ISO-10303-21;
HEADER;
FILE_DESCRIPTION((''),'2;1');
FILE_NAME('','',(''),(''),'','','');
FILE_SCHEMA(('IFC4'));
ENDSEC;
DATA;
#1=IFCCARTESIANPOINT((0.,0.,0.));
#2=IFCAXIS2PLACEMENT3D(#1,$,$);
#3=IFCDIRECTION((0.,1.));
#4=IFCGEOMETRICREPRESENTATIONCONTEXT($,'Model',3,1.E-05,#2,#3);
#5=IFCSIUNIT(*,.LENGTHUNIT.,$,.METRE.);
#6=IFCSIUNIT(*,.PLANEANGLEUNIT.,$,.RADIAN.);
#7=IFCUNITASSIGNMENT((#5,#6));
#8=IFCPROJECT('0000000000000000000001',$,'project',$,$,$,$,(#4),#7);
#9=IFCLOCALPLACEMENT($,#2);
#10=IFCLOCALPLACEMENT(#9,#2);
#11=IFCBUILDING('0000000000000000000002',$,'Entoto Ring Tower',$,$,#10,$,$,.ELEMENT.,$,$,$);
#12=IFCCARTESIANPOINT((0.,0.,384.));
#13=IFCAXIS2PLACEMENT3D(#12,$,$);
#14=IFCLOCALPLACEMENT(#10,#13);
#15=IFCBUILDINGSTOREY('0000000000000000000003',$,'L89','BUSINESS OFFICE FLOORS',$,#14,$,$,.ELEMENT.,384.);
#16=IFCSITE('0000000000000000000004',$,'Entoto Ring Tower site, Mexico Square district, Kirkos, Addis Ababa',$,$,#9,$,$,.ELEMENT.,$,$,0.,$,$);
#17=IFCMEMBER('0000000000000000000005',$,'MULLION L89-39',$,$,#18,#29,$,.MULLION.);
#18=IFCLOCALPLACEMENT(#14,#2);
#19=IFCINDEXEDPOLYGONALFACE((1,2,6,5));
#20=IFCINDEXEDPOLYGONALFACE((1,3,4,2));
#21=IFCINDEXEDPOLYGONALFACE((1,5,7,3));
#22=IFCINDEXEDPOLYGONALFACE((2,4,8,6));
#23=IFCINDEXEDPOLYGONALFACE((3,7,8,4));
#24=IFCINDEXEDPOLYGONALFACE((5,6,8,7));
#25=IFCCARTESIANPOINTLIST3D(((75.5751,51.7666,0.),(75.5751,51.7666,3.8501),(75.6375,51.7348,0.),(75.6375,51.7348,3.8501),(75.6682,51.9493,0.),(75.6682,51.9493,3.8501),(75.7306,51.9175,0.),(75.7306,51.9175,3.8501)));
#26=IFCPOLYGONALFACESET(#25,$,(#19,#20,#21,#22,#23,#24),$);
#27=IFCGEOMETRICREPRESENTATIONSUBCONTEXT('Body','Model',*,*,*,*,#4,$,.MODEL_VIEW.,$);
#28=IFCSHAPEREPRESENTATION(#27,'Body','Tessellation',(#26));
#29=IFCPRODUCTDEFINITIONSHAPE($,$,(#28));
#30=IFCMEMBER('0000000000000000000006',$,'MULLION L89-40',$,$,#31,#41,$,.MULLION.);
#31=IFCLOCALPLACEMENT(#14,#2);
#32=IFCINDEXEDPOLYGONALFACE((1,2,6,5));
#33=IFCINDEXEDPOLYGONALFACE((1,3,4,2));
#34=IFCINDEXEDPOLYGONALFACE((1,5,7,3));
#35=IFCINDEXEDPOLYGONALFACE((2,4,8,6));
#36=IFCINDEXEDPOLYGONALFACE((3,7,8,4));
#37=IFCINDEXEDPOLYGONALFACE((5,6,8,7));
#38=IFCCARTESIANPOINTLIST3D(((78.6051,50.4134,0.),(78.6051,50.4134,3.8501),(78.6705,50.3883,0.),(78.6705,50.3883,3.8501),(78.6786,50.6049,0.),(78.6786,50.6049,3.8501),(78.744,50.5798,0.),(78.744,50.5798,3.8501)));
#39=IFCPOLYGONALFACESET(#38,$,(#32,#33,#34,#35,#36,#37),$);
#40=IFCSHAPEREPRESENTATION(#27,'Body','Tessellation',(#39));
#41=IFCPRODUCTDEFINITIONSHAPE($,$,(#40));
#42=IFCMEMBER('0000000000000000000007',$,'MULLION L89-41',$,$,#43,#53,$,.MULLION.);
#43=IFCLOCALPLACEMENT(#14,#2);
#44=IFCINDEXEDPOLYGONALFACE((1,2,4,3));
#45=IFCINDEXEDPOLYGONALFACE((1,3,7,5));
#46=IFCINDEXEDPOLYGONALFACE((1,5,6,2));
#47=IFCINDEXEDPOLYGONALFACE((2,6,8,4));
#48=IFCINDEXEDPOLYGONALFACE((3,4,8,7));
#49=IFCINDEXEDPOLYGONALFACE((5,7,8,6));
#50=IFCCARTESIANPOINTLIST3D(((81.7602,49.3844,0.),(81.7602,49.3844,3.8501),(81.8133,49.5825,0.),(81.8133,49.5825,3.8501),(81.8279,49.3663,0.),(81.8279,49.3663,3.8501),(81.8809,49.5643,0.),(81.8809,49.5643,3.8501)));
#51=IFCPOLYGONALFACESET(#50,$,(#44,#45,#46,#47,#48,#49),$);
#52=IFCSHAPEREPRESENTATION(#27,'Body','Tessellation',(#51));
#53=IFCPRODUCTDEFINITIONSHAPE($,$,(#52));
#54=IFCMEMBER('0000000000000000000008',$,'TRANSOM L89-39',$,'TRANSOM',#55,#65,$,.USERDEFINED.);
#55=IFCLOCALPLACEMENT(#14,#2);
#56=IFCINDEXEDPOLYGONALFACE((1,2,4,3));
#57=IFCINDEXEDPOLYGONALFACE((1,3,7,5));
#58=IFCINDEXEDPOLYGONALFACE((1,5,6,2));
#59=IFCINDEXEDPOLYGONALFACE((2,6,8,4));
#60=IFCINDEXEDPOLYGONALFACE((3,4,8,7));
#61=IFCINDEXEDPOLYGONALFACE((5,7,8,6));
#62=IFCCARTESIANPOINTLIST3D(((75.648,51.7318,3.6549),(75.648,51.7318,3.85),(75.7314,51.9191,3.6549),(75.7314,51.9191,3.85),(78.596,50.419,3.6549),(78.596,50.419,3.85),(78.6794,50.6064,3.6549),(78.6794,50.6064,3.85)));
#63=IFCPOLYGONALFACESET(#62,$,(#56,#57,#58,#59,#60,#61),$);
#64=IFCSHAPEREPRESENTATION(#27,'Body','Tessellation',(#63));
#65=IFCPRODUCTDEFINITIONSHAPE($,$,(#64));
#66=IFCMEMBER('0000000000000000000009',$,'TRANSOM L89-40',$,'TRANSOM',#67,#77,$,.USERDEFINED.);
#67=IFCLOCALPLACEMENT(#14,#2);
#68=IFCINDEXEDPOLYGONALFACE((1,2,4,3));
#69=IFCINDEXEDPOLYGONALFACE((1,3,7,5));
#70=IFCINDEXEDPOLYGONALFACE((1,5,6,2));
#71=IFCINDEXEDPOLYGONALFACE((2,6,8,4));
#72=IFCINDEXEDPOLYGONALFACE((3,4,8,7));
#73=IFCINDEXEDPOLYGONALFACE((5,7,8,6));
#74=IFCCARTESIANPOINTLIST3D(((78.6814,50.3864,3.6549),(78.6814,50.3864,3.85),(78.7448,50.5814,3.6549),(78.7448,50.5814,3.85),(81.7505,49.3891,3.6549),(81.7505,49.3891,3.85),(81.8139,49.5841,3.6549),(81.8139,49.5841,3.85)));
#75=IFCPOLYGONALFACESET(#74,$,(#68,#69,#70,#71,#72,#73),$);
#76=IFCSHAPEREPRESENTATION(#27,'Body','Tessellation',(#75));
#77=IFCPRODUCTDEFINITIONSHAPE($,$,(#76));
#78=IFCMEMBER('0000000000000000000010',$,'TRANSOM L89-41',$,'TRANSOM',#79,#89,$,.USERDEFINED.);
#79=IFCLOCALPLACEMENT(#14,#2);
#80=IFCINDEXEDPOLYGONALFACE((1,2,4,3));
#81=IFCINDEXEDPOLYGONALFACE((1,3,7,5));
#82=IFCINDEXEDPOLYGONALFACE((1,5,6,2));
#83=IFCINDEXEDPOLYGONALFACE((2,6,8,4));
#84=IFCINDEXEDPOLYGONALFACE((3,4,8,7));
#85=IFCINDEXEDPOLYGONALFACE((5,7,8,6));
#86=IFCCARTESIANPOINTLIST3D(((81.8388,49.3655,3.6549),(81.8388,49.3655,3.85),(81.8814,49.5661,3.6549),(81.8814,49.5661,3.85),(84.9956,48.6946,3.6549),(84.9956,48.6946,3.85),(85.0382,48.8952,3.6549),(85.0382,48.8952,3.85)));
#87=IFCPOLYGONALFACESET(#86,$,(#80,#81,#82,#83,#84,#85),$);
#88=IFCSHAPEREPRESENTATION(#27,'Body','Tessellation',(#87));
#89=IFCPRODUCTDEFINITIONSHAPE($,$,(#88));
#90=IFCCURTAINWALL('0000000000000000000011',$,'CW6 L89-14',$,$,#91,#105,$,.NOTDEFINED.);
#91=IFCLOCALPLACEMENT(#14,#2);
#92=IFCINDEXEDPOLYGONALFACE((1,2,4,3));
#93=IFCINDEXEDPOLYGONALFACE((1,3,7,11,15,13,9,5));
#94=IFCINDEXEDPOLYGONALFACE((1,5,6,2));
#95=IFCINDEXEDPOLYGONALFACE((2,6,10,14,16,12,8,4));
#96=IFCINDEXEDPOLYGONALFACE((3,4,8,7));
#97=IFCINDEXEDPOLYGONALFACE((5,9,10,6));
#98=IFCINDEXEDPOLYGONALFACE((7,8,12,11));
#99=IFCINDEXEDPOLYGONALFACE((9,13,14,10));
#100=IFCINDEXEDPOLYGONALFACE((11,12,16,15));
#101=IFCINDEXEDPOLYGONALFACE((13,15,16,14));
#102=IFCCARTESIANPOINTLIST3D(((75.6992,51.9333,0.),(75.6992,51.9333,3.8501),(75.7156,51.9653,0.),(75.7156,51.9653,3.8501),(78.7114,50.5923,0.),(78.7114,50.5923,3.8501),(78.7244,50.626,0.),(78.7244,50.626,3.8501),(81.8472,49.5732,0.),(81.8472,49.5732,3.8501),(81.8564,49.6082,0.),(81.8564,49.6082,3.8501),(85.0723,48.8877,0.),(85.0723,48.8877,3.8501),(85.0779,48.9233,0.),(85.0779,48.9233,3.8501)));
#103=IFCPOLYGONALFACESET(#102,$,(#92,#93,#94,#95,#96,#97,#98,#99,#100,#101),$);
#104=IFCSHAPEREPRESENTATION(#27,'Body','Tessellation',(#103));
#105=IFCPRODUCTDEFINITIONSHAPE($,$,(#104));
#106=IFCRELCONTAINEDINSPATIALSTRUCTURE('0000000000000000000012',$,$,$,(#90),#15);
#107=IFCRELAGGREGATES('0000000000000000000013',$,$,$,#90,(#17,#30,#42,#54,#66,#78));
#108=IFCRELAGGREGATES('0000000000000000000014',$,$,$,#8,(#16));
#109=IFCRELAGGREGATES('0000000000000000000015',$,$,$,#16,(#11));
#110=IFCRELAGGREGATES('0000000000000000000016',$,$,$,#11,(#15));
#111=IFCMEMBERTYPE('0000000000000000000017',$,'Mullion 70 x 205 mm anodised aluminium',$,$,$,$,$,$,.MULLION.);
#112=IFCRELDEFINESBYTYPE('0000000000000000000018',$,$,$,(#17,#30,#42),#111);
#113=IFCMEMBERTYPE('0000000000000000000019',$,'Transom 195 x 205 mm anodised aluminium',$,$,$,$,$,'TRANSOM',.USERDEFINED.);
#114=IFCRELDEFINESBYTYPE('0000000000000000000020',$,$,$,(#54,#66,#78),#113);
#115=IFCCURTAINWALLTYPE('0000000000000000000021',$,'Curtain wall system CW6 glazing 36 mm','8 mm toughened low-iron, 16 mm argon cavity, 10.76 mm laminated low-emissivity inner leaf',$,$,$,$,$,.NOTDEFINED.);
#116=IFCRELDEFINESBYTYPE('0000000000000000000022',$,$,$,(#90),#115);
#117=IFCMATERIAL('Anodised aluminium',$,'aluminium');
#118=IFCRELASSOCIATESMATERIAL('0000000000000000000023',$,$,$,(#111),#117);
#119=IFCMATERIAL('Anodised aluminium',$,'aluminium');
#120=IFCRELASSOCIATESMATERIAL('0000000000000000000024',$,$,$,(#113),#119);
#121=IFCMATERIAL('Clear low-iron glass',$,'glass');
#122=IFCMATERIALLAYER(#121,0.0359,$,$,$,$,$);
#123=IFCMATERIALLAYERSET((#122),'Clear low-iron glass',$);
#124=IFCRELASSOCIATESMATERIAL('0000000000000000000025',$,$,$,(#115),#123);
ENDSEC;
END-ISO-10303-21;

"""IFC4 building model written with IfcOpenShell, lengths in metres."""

from ifc_helpers import new_model, si_unit, direction, frame, origin, origin_2d, place, context, subcontext, project, spatial, polyline, rectangle, outline, extrude, material, layer, layer_set, material_profile, profile_set, type_object, element, aggregate, save


model = new_model("IFC4")

# Units and contexts
model_context = context("Model", 3, precision=1e-05, world=origin(), true_north=direction((0.0, 1.0)))
body_context = subcontext(model_context, "Body", "Model", "MODEL_VIEW")
ifc_project = project(units=[si_unit("LENGTHUNIT", "METRE"), si_unit("PLANEANGLEUNIT", "RADIAN")], contexts=[model_context])

# Members
ifc_material_1 = material(Name="Anodised aluminium", Category="aluminium")
ifc_material_profile_1 = material_profile(ifc_material_1, rectangle(XDim=0.0701, YDim=0.2051, at=origin_2d()), Name="Mullion 70 x 205 mm anodised aluminium")
ifc_profile_set_1 = profile_set([ifc_material_profile_1], Name="Anodised aluminium")
member_type_1 = type_object("IfcMemberType", Name="Mullion 70 x 205 mm anodised aluminium", PredefinedType="MULLION", material=ifc_profile_set_1)
site_placement = place(None, origin())
building_placement = place(site_placement, origin())
storey_placement = place(building_placement, frame((0.0, 0.0, 384.0)))
member_1_placement = place(storey_placement, frame((75.6528, 51.842, 0.0), z_axis=(0.0, 0.0, 1.0), x_axis=(0.891007, -0.45399, 0.0)))
member_1 = element("IfcMember", 1, at=member_1_placement, type_object=member_type_1, Name="MULLION L89-39", PredefinedType="MULLION", context=body_context, shape_type="SweptSolid", body=[
    extrude(rectangle(XDim=0.0701, YDim=0.2051, at=origin_2d()), origin(), (0.0, 0.0, 1.0), 3.8501),
])
member_2_placement = place(storey_placement, frame((78.6746, 50.4966, 0.0), z_axis=(0.0, 0.0, 1.0), x_axis=(0.93358, -0.358368, 0.0)))
member_2 = element("IfcMember", 2, at=member_2_placement, type_object=member_type_1, Name="MULLION L89-40", PredefinedType="MULLION", context=body_context, shape_type="SweptSolid", body=[
    extrude(rectangle(XDim=0.0701, YDim=0.2051, at=origin_2d()), origin(), (0.0, 0.0, 1.0), 3.8501),
])
member_3_placement = place(storey_placement, frame((81.8206, 49.4744, 0.0), z_axis=(0.0, 0.0, 1.0), x_axis=(0.965926, -0.258819, 0.0)))
member_3 = element("IfcMember", 3, at=member_3_placement, type_object=member_type_1, Name="MULLION L89-41", PredefinedType="MULLION", context=body_context, shape_type="SweptSolid", body=[
    extrude(rectangle(XDim=0.0701, YDim=0.2051, at=origin_2d()), origin(), (0.0, 0.0, 1.0), 3.8501),
])
ifc_material_2 = material(Name="Anodised aluminium", Category="aluminium")
ifc_material_profile_2 = material_profile(ifc_material_2, rectangle(XDim=0.2051, YDim=0.1951, at=origin_2d()), Name="Transom 195 x 205 mm anodised aluminium")
ifc_profile_set_2 = profile_set([ifc_material_profile_2], Name="Anodised aluminium")
member_type_2 = type_object("IfcMemberType", Name="Transom 195 x 205 mm anodised aluminium", ElementType="TRANSOM", PredefinedType="USERDEFINED", material=ifc_profile_set_2)
member_4_placement = place(storey_placement, frame((75.6897, 51.8254, 3.7524), z_axis=(0.913521, -0.406791, 0.0), x_axis=(0.406791, 0.913521, 0.0)))
member_4 = element("IfcMember", 4, at=member_4_placement, type_object=member_type_2, Name="TRANSOM L89-39", ObjectType="TRANSOM", PredefinedType="USERDEFINED", context=body_context, shape_type="SweptSolid", body=[
    extrude(rectangle(XDim=0.2051, YDim=0.1951, at=origin_2d()), origin(), (0.0, 0.0, 1.0), 3.2271),
])
member_5_placement = place(storey_placement, frame((78.7131, 50.4839, 3.7524), z_axis=(0.951047, -0.309047, 0.0), x_axis=(0.309047, 0.951047, 0.0)))
member_5 = element("IfcMember", 5, at=member_5_placement, type_object=member_type_2, Name="TRANSOM L89-40", ObjectType="TRANSOM", PredefinedType="USERDEFINED", context=body_context, shape_type="SweptSolid", body=[
    extrude(rectangle(XDim=0.2051, YDim=0.1951, at=origin_2d()), origin(), (0.0, 0.0, 1.0), 3.2271),
])
member_6_placement = place(storey_placement, frame((81.8601, 49.4658, 3.7524), z_axis=(0.978153, -0.207886, 0.0), x_axis=(0.207886, 0.978153, 0.0)))
member_6 = element("IfcMember", 6, at=member_6_placement, type_object=member_type_2, Name="TRANSOM L89-41", ObjectType="TRANSOM", PredefinedType="USERDEFINED", context=body_context, shape_type="SweptSolid", body=[
    extrude(rectangle(XDim=0.2051, YDim=0.1951, at=origin_2d()), origin(), (0.0, 0.0, 1.0), 3.2273),
])

# Site, building, storey
site = spatial("IfcSite", under=ifc_project, at=site_placement, Name="Entoto Ring Tower site, Mexico Square district, Kirkos, Addis Ababa", CompositionType="ELEMENT", RefElevation=0.0)
building = spatial("IfcBuilding", under=site, at=building_placement, Name="Entoto Ring Tower", CompositionType="ELEMENT")
storey = spatial("IfcBuildingStorey", under=building, at=storey_placement, Name="L89", Description="BUSINESS OFFICE FLOORS", CompositionType="ELEMENT", Elevation=384.0)

# Curtain wall
ifc_material_3 = material(Name="Clear low-iron glass", Category="glass")
ifc_layer = layer(ifc_material_3, 0.0359)
ifc_layer_set = layer_set([ifc_layer], Name="Clear low-iron glass")
curtain_wall_type = type_object("IfcCurtainWallType", Name="Curtain wall system CW6 glazing 36 mm", Description="8 mm toughened low-iron, 16 mm argon cavity, 10.76 mm laminated low-emissivity inner leaf", PredefinedType="NOTDEFINED", material=ifc_layer_set)
curtain_wall_1_placement = place(storey_placement, origin())
curtain_wall_1 = element("IfcCurtainWall", 7, at=curtain_wall_1_placement, inside=storey, type_object=curtain_wall_type, Name="CW6 L89-14", PredefinedType="NOTDEFINED", context=body_context, shape_type="SweptSolid", body=[
    extrude(outline(polyline([(75.6992, 51.9333), (78.7114, 50.5923), (81.8472, 49.5732), (85.0723, 48.8877), (85.0779, 48.9233), (81.8564, 49.6082), (78.7244, 50.626), (75.7156, 51.9653), (75.6992, 51.9333)])), origin(), (0.0, 0.0, 1.0), 3.8501),
])
aggregate(curtain_wall_1, [member_1, member_2, member_3, member_4, member_5, member_6])

save(model, "model.ifc")
